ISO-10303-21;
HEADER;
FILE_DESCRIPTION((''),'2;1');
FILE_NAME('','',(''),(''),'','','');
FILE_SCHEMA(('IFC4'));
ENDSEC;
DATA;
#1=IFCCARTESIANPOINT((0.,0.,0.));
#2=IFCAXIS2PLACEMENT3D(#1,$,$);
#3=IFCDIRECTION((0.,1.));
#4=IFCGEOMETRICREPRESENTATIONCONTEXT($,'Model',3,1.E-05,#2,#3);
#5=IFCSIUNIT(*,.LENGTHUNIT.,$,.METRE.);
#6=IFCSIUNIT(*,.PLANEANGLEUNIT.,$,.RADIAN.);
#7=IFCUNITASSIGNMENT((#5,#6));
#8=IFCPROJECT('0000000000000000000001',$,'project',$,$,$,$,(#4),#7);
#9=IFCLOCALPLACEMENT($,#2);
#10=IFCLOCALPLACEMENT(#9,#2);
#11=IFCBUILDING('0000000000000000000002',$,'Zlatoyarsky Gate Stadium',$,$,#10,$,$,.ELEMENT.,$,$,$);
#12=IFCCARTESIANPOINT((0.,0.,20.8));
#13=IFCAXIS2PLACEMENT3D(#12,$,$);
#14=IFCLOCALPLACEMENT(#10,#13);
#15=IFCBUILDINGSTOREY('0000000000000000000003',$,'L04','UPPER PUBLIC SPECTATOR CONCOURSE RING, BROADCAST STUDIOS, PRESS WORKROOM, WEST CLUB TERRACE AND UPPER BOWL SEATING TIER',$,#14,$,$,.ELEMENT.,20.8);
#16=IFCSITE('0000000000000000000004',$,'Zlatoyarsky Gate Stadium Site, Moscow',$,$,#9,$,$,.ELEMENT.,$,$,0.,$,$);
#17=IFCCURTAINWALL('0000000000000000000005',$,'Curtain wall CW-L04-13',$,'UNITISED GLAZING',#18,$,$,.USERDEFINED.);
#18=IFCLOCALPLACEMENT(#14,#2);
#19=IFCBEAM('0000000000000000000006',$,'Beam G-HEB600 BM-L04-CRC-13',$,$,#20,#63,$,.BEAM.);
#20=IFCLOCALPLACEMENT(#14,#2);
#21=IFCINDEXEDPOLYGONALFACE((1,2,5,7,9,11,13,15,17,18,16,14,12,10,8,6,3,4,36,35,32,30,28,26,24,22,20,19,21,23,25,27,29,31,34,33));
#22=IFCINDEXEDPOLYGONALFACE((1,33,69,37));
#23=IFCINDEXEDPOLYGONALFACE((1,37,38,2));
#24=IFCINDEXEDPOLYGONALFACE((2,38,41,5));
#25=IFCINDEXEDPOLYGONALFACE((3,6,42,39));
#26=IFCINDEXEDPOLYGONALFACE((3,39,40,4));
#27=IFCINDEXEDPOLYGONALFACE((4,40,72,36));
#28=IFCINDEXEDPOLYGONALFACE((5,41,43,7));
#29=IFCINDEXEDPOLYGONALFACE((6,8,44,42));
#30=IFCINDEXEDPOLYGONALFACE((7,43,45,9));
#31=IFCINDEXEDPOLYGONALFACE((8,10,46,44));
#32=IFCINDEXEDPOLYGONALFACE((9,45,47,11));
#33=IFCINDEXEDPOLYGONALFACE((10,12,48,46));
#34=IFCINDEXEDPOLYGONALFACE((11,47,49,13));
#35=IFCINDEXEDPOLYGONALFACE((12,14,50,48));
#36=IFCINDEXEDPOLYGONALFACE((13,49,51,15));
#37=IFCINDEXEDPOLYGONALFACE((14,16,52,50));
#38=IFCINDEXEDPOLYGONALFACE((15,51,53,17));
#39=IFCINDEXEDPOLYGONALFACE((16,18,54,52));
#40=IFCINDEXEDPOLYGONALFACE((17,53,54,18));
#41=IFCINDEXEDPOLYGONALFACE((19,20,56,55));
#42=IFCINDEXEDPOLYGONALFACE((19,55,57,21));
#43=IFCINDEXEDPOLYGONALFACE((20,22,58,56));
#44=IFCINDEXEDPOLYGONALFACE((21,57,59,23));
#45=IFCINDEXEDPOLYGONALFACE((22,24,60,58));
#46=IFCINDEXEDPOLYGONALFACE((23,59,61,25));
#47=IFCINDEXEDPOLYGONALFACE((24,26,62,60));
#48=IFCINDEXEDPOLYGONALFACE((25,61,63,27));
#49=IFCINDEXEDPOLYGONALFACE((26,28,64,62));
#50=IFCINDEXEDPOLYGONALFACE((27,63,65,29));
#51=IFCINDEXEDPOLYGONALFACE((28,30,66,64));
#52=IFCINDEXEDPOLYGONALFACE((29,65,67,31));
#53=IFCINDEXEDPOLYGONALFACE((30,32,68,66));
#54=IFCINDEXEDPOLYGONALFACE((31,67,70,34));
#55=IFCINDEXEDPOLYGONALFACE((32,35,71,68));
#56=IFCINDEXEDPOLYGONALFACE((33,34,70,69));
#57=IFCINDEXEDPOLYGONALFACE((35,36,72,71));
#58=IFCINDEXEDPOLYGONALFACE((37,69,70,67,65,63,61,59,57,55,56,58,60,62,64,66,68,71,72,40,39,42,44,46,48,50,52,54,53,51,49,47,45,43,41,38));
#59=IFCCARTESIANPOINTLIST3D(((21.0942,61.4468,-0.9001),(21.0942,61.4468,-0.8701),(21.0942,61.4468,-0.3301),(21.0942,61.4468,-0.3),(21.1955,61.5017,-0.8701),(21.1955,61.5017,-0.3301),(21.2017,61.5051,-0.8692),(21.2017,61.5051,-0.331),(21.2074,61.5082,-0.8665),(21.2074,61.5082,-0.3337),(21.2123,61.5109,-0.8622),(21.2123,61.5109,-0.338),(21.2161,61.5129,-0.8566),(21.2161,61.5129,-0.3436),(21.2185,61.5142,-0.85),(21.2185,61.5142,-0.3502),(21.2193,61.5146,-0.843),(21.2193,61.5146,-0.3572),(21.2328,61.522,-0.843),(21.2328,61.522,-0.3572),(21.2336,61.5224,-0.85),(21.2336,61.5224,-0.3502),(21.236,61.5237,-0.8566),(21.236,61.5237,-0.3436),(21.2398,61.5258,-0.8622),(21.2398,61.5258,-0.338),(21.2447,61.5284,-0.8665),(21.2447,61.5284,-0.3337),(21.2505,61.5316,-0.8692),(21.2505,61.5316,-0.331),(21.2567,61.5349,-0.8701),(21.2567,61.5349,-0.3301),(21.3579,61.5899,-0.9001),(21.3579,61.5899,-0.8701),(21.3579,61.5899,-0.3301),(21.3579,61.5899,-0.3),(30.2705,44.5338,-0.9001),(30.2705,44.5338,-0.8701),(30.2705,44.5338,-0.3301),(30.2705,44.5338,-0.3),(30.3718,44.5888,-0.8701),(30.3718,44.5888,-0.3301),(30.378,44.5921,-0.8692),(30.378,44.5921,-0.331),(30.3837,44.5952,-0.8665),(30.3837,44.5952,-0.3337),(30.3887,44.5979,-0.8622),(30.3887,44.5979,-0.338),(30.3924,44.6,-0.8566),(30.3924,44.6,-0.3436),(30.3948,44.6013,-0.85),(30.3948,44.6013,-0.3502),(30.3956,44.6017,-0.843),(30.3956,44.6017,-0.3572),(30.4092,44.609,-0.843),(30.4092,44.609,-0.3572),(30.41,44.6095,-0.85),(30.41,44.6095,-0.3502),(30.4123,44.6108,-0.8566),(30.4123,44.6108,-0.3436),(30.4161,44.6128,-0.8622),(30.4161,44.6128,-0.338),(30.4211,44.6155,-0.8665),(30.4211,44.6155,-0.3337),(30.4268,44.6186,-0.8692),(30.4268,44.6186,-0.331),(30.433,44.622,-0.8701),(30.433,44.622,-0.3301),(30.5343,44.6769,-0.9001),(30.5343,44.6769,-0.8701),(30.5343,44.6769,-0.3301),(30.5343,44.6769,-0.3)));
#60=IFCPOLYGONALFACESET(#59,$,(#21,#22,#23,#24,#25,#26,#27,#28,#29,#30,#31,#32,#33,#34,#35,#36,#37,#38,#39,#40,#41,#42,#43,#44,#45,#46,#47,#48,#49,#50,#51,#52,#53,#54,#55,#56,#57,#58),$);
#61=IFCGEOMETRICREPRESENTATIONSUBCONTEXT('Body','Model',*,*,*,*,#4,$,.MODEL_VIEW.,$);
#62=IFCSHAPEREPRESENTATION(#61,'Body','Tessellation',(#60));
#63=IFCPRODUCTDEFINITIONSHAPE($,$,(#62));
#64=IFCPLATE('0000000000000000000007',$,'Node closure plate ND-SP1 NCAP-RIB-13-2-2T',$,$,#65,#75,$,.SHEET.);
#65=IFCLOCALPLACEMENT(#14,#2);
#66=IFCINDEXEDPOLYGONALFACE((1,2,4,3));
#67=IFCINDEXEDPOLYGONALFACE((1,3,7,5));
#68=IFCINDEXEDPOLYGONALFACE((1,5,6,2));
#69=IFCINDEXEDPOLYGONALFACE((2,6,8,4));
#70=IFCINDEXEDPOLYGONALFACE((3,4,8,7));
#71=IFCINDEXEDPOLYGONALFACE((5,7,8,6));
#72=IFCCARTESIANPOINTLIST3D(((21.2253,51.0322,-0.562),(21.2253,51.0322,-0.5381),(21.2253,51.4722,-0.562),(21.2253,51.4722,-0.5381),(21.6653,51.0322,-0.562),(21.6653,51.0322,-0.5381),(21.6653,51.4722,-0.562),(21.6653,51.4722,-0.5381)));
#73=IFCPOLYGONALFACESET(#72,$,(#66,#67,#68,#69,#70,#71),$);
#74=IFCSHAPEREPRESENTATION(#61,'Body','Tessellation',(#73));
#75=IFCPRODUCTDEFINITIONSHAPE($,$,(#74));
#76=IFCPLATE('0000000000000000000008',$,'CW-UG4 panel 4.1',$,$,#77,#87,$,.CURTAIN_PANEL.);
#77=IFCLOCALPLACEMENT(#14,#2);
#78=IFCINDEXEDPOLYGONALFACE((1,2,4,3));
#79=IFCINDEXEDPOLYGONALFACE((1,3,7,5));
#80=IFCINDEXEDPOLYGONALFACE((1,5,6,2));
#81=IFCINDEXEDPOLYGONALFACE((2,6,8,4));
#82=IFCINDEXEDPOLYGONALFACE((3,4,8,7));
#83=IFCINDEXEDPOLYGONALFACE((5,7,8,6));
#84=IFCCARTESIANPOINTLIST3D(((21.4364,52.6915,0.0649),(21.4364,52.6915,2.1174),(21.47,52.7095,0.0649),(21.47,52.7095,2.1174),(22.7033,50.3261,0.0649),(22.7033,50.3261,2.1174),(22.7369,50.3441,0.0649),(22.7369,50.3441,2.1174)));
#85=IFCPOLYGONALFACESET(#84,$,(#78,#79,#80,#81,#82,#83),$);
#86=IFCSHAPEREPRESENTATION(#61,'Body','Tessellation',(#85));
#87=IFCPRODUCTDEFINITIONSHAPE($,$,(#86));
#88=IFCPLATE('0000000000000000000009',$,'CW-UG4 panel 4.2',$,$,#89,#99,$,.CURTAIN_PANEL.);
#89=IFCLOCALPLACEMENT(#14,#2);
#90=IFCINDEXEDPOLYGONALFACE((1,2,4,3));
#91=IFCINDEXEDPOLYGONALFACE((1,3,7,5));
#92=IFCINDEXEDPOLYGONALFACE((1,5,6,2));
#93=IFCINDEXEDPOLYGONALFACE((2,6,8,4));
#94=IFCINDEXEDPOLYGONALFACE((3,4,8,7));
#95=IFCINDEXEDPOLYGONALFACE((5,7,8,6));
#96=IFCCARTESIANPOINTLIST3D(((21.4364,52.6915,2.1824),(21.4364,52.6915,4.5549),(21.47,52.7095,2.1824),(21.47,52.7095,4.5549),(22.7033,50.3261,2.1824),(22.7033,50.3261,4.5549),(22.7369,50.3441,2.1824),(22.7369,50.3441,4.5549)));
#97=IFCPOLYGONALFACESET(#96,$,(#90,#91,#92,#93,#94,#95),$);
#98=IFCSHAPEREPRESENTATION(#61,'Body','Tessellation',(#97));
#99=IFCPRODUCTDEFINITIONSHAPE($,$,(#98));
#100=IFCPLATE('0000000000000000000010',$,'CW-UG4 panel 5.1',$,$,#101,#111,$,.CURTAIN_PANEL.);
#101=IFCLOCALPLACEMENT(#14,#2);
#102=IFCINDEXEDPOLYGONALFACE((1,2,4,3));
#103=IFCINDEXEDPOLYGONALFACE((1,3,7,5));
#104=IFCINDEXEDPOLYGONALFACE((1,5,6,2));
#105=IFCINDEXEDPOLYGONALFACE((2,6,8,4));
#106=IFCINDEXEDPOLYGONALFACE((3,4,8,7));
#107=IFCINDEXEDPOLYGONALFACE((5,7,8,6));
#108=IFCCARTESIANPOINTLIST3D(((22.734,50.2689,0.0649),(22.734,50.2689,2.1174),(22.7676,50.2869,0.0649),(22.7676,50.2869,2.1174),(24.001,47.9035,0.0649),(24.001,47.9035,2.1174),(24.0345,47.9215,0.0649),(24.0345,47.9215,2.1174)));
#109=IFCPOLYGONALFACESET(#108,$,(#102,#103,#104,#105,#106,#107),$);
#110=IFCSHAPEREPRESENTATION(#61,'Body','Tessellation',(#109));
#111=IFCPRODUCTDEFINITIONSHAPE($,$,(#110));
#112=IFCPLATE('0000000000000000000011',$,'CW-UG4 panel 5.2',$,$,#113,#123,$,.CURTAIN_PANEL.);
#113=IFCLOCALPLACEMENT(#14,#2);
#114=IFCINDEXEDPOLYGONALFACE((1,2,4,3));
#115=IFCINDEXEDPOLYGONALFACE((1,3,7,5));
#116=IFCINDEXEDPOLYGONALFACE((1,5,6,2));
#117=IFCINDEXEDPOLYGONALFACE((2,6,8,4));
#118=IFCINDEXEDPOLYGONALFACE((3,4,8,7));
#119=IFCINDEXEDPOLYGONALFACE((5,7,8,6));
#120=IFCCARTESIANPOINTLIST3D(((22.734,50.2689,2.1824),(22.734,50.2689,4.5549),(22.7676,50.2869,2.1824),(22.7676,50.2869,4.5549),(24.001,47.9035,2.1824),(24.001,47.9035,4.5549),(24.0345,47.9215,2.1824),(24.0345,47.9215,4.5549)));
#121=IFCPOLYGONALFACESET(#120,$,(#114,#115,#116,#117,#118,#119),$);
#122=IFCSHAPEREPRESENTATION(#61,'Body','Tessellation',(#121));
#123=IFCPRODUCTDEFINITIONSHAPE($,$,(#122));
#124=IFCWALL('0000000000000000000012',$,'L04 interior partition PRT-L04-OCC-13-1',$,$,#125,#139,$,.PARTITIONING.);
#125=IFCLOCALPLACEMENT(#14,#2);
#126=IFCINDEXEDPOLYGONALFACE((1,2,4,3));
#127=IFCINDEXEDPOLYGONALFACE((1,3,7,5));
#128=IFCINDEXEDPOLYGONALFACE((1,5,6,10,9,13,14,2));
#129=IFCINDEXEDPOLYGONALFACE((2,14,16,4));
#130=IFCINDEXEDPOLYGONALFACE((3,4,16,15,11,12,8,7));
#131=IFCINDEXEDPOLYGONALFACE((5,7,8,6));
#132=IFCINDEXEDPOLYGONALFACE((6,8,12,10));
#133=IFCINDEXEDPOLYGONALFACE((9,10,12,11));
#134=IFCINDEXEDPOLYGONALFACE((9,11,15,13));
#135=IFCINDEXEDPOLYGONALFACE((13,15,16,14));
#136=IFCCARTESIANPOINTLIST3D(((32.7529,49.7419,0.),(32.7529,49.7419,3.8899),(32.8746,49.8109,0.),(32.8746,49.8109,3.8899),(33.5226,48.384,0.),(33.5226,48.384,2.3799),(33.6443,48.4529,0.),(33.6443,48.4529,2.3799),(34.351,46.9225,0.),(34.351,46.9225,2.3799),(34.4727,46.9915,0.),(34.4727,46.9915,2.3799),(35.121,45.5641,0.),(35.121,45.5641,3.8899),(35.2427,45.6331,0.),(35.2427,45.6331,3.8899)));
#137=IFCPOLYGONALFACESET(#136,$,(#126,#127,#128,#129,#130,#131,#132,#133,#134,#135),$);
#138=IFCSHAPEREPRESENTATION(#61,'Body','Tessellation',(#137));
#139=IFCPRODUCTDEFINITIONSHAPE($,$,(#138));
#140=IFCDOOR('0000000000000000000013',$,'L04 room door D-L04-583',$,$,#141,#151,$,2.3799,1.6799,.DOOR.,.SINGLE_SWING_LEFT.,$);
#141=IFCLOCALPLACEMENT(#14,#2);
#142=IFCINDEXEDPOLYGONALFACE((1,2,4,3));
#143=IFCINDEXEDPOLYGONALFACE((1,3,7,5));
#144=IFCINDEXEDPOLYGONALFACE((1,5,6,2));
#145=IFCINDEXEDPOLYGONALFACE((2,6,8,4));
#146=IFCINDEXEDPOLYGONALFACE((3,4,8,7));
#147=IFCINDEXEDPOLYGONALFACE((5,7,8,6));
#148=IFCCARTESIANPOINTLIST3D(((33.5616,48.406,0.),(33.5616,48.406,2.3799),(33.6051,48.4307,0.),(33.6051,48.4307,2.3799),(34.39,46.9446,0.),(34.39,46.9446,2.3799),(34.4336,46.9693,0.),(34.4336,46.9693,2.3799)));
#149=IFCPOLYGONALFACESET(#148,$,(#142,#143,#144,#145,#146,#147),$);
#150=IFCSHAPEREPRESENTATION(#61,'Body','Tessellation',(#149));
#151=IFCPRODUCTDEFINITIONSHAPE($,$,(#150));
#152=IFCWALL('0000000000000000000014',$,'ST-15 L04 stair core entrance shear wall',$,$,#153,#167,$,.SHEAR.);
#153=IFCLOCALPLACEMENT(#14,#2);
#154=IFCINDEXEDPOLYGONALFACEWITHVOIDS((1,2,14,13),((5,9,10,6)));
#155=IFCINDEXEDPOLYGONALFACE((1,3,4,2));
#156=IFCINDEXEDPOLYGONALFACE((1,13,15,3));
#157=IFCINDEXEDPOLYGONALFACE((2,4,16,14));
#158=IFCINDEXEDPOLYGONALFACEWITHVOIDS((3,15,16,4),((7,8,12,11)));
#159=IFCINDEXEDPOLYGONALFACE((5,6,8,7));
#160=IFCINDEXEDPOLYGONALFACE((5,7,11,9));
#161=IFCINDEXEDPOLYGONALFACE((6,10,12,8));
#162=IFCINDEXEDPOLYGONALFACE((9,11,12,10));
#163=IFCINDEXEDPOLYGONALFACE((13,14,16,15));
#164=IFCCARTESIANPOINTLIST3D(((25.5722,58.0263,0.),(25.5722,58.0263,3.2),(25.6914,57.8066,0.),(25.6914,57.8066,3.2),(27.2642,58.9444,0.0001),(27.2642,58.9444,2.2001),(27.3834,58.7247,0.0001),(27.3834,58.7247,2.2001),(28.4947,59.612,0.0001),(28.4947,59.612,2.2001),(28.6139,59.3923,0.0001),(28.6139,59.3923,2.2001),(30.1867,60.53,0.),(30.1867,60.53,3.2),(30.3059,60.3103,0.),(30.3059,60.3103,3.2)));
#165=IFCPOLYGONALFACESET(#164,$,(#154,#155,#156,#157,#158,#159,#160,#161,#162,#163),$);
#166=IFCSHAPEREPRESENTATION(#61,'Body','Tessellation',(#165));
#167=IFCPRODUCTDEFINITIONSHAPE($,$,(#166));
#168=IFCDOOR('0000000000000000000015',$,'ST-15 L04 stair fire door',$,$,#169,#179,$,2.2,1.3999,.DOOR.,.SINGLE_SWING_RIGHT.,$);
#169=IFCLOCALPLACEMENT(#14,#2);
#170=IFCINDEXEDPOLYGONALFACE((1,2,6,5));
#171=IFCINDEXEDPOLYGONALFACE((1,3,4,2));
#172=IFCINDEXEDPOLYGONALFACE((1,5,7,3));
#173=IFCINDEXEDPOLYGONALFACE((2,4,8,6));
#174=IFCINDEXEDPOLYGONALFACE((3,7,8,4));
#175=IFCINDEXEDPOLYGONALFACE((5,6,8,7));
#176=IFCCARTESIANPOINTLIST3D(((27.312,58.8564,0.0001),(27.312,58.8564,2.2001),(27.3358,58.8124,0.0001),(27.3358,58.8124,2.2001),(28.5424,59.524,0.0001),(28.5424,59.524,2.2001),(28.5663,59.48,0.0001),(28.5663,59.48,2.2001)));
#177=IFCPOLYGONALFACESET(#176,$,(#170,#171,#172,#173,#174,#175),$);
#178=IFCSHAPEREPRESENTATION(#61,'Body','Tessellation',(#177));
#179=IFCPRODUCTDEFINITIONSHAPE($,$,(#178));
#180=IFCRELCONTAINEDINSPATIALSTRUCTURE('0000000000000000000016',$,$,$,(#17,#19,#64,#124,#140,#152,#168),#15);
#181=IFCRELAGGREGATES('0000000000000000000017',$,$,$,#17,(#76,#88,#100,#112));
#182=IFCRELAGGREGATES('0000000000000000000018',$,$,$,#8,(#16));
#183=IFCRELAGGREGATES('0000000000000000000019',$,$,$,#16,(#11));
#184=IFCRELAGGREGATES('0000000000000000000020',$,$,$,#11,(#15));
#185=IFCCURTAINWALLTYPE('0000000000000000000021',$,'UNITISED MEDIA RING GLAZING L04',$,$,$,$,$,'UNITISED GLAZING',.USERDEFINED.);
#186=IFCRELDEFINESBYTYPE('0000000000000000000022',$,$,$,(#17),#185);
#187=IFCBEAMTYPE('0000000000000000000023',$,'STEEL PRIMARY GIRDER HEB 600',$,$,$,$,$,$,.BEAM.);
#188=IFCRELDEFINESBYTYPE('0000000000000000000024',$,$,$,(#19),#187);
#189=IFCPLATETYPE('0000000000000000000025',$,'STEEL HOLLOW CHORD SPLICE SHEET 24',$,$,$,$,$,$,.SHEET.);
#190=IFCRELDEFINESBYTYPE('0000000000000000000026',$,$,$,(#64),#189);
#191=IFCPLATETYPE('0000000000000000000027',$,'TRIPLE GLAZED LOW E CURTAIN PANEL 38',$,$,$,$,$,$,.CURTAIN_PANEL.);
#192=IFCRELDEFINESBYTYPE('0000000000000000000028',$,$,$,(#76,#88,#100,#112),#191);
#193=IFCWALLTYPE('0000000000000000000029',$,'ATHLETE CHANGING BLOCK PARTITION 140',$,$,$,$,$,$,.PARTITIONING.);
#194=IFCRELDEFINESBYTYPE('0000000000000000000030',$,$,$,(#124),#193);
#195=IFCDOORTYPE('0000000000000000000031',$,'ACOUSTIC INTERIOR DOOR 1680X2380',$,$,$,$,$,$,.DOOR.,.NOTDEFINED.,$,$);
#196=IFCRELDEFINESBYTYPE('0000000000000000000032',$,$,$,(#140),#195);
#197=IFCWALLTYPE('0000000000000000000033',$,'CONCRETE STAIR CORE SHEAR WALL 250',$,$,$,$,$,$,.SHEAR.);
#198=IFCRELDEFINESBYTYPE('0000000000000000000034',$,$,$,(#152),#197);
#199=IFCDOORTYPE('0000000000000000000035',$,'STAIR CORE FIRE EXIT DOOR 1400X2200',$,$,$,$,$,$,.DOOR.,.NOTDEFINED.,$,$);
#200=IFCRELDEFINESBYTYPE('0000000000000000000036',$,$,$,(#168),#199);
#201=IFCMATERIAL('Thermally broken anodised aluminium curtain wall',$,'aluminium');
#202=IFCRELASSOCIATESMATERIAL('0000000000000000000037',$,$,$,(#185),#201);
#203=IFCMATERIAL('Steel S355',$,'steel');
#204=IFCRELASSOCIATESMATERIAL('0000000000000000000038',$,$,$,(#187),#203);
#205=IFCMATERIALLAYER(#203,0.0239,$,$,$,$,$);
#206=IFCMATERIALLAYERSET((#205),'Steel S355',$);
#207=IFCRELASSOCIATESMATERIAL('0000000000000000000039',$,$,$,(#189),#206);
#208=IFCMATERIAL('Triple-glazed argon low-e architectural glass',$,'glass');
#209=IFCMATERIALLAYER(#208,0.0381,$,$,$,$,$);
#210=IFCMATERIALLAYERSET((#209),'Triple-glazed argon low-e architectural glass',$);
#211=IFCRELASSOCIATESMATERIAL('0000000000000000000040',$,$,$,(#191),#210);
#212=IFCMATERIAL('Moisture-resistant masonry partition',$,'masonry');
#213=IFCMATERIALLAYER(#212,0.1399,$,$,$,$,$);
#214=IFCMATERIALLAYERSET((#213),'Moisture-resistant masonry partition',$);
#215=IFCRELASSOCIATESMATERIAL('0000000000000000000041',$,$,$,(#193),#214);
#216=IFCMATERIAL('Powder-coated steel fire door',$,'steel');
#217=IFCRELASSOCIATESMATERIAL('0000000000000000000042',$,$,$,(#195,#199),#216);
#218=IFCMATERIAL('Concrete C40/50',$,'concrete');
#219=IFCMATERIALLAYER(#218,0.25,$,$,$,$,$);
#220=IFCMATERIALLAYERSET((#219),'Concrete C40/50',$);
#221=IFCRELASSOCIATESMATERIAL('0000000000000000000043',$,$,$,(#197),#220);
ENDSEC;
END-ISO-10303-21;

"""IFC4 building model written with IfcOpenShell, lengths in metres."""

from ifc_helpers import new_model, si_unit, direction, frame, frame_2d, origin, origin_2d, place, context, subcontext, project, spatial, rectangle, i_section, extrude, material, layer, layer_set, material_profile, profile_set, type_object, element, fill, aggregate, save


model = new_model("IFC4")

# Units and contexts
model_context = context("Model", 3, precision=1e-05, world=origin(), true_north=direction((0.0, 1.0)))
body_context = subcontext(model_context, "Body", "Model", "MODEL_VIEW")
ifc_project = project(units=[si_unit("LENGTHUNIT", "METRE"), si_unit("PLANEANGLEUNIT", "RADIAN")], contexts=[model_context])

# Site, building, storey
site_placement = place(None, origin())
site = spatial("IfcSite", under=ifc_project, at=site_placement, Name="Zlatoyarsky Gate Stadium Site, Moscow", CompositionType="ELEMENT", RefElevation=0.0)
building_placement = place(site_placement, origin())
building = spatial("IfcBuilding", under=site, at=building_placement, Name="Zlatoyarsky Gate Stadium", CompositionType="ELEMENT")
storey_placement = place(building_placement, frame((0.0, 0.0, 20.8)))
storey = spatial("IfcBuildingStorey", under=building, at=storey_placement, Name="L04", Description="UPPER PUBLIC SPECTATOR CONCOURSE RING, BROADCAST STUDIOS, PRESS WORKROOM, WEST CLUB TERRACE AND UPPER BOWL SEATING TIER", CompositionType="ELEMENT", Elevation=20.8)

# Curtain wall
ifc_material_1 = material(Name="Thermally broken anodised aluminium curtain wall", Category="aluminium")
curtain_wall_type = type_object("IfcCurtainWallType", Name="UNITISED MEDIA RING GLAZING L04", ElementType="UNITISED GLAZING", PredefinedType="USERDEFINED", material=ifc_material_1)
curtain_wall_placement = place(storey_placement, origin())
curtain_wall = element("IfcCurtainWall", 1, at=curtain_wall_placement, inside=storey, type_object=curtain_wall_type, Name="Curtain wall CW-L04-13", ObjectType="UNITISED GLAZING", PredefinedType="USERDEFINED")

# Shared definitions
ifc_material_2 = material(Name="Steel S355", Category="steel")

# Beam
ifc_material_profile_1 = material_profile(ifc_material_2, i_section(OverallWidth=0.3, OverallDepth=0.6001, WebThickness=0.0154, FlangeThickness=0.03, FilletRadius=0.0271, at=origin_2d()), Name="HEB 600")
ifc_profile_set_1 = profile_set([ifc_material_profile_1], Name="Steel S355")
beam_type = type_object("IfcBeamType", Name="STEEL PRIMARY GIRDER HEB 600", PredefinedType="BEAM", material=ifc_profile_set_1)
beam_placement = place(storey_placement, frame((21.2261, 61.5183, -0.6001), z_axis=(0.476892, -0.878962, 0.0), x_axis=(0.878962, 0.476892, 0.0)))
element("IfcBeam", 2, at=beam_placement, inside=storey, type_object=beam_type, Name="Beam G-HEB600 BM-L04-CRC-13", PredefinedType="BEAM", context=body_context, shape_type="SweptSolid", body=[
    extrude(i_section(OverallWidth=0.3, OverallDepth=0.6001, WebThickness=0.0154, FlangeThickness=0.03, FilletRadius=0.0271, at=origin_2d()), origin(), (0.0, 0.0, 1.0), 19.2419),
])

# Plates
ifc_layer_1 = layer(ifc_material_2, 0.0239)
ifc_layer_set_1 = layer_set([ifc_layer_1], Name="Steel S355")
plate_type_1 = type_object("IfcPlateType", Name="STEEL HOLLOW CHORD SPLICE SHEET 24", PredefinedType="SHEET", material=ifc_layer_set_1)
plate_1_placement = place(storey_placement, frame((21.4453, 51.2522, -0.562), z_axis=(0.0, 0.0, 1.0), x_axis=(1.0, 0.0, 0.0)))
element("IfcPlate", 3, at=plate_1_placement, inside=storey, type_object=plate_type_1, Name="Node closure plate ND-SP1 NCAP-RIB-13-2-2T", PredefinedType="SHEET", context=body_context, shape_type="SweptSolid", body=[
    extrude(rectangle(XDim=0.4399, YDim=0.4399, at=origin_2d()), origin(), (0.0, 0.0, 1.0), 0.0239),
])
ifc_material_3 = material(Name="Triple-glazed argon low-e architectural glass", Category="glass")
ifc_layer_2 = layer(ifc_material_3, 0.0381)
ifc_layer_set_2 = layer_set([ifc_layer_2], Name="Triple-glazed argon low-e architectural glass")
plate_type_2 = type_object("IfcPlateType", Name="TRIPLE GLAZED LOW E CURTAIN PANEL 38", PredefinedType="CURTAIN_PANEL", material=ifc_layer_set_2)
plate_2_placement = place(storey_placement, frame((22.0867, 51.5178, 0.0649), z_axis=(0.0, 0.0, 1.0), x_axis=(0.472145, -0.881521, 0.0)))
plate_2 = element("IfcPlate", 4, at=plate_2_placement, type_object=plate_type_2, Name="CW-UG4 panel 4.1", PredefinedType="CURTAIN_PANEL", context=body_context, shape_type="SweptSolid", body=[
    extrude(rectangle(XDim=2.6833, YDim=0.0381, at=origin_2d()), origin(), (0.0, 0.0, 1.0), 2.0525),
])
plate_3_placement = place(storey_placement, frame((22.0867, 51.5178, 2.1824), z_axis=(0.0, 0.0, 1.0), x_axis=(0.472145, -0.881521, 0.0)))
plate_3 = element("IfcPlate", 5, at=plate_3_placement, type_object=plate_type_2, Name="CW-UG4 panel 4.2", PredefinedType="CURTAIN_PANEL", context=body_context, shape_type="SweptSolid", body=[
    extrude(rectangle(XDim=2.6833, YDim=0.0381, at=origin_2d()), origin(), (0.0, 0.0, 1.0), 2.3726),
])
plate_4_placement = place(storey_placement, frame((23.3843, 49.0952, 0.0649), z_axis=(0.0, 0.0, 1.0), x_axis=(0.472145, -0.881521, 0.0)))
plate_4 = element("IfcPlate", 6, at=plate_4_placement, type_object=plate_type_2, Name="CW-UG4 panel 5.1", PredefinedType="CURTAIN_PANEL", context=body_context, shape_type="SweptSolid", body=[
    extrude(rectangle(XDim=2.6833, YDim=0.0381, at=origin_2d()), origin(), (0.0, 0.0, 1.0), 2.0525),
])
plate_5_placement = place(storey_placement, frame((23.3843, 49.0952, 2.1824), z_axis=(0.0, 0.0, 1.0), x_axis=(0.472145, -0.881521, 0.0)))
plate_5 = element("IfcPlate", 7, at=plate_5_placement, type_object=plate_type_2, Name="CW-UG4 panel 5.2", PredefinedType="CURTAIN_PANEL", context=body_context, shape_type="SweptSolid", body=[
    extrude(rectangle(XDim=2.6833, YDim=0.0381, at=origin_2d()), origin(), (0.0, 0.0, 1.0), 2.3726),
])
aggregate(curtain_wall, [plate_2, plate_3, plate_4, plate_5])

# Walls, openings, doors
ifc_material_4 = material(Name="Moisture-resistant masonry partition", Category="masonry")
ifc_layer_3 = layer(ifc_material_4, 0.1399)
ifc_layer_set_3 = layer_set([ifc_layer_3], Name="Moisture-resistant masonry partition")
wall_type_1 = type_object("IfcWallType", Name="ATHLETE CHANGING BLOCK PARTITION 140", PredefinedType="PARTITIONING", material=ifc_layer_set_3)
wall_1_placement = place(storey_placement, frame((32.8137, 49.7764, 0.0), z_axis=(0.0, 0.0, 1.0), x_axis=(0.493136, -0.869952, 0.0)))
wall_1 = element("IfcWall", 8, at=wall_1_placement, inside=storey, type_object=wall_type_1, Name="L04 interior partition PRT-L04-OCC-13-1", PredefinedType="PARTITIONING", context=body_context, shape_type="SweptSolid", body=[
    extrude(rectangle(XDim=4.8022, YDim=0.1399, at=frame_2d((2.4011, 0.0))), origin(), (0.0, 0.0, 1.0), 3.8899),
])
opening_1_placement = place(wall_1_placement, frame((1.561, 0.0, 0.0)))
opening_1 = element("IfcOpeningElement", 9, at=opening_1_placement, cuts=wall_1, PredefinedType="OPENING", context=body_context, shape_type="SweptSolid", body=[
    extrude(rectangle(XDim=1.6799, YDim=2.3799, at=frame_2d((0.8398, 1.1899))), frame((0.0, 0.0798, 0.0), z_axis=(0.0, -1.0, 0.0), x_axis=(1.0, 0.0, 0.0)), (0.0, 0.0, 1.0), 0.1599),
])
ifc_material_5 = material(Name="Powder-coated steel fire door", Category="steel")
door_type_1 = type_object("IfcDoorType", Name="ACOUSTIC INTERIOR DOOR 1680X2380", OperationType="NOTDEFINED", PredefinedType="DOOR", material=ifc_material_5)
door_1_placement = place(opening_1_placement, origin())
door_1 = element("IfcDoor", 10, at=door_1_placement, inside=storey, type_object=door_type_1, Name="L04 room door D-L04-583", OperationType="SINGLE_SWING_LEFT", OverallHeight=2.3799, OverallWidth=1.6799, PredefinedType="DOOR", context=body_context, shape_type="SweptSolid", body=[
    extrude(rectangle(XDim=1.6799, YDim=2.3799, at=frame_2d((0.8398, 1.1899))), frame((0.0, 0.0249, 0.0), z_axis=(0.0, -1.0, 0.0), x_axis=(1.0, 0.0, 0.0)), (0.0, 0.0, 1.0), 0.05),
])
fill(opening_1, door_1)
ifc_material_6 = material(Name="Concrete C40/50", Category="concrete")
ifc_layer_4 = layer(ifc_material_6, 0.25)
ifc_layer_set_4 = layer_set([ifc_layer_4], Name="Concrete C40/50")
wall_type_2 = type_object("IfcWallType", Name="CONCRETE STAIR CORE SHEAR WALL 250", PredefinedType="SHEAR", material=ifc_layer_set_4)
wall_2_placement = place(storey_placement, frame((30.2463, 60.4202, 0.0), z_axis=(0.0, 0.0, 1.0), x_axis=(-0.878961, -0.476893, 0.0)))
wall_2 = element("IfcWall", 11, at=wall_2_placement, inside=storey, type_object=wall_type_2, Name="ST-15 L04 stair core entrance shear wall", PredefinedType="SHEAR", context=body_context, shape_type="SweptSolid", body=[
    extrude(rectangle(XDim=5.25, YDim=0.25, at=frame_2d((2.625, 0.0))), origin(), (0.0, 0.0, 1.0), 3.2),
])
opening_2_placement = place(wall_2_placement, frame((1.925, 0.0, 0.0)))
opening_2 = element("IfcOpeningElement", 12, at=opening_2_placement, cuts=wall_2, PredefinedType="OPENING", context=body_context, shape_type="SweptSolid", body=[
    extrude(rectangle(XDim=1.3999, YDim=2.2, at=frame_2d((0.7, 1.1001))), frame((0.0, 0.135, 0.0), z_axis=(0.0, -1.0, 0.0), x_axis=(1.0, 0.0, 0.0)), (0.0, 0.0, 1.0), 0.27),
])
door_type_2 = type_object("IfcDoorType", Name="STAIR CORE FIRE EXIT DOOR 1400X2200", OperationType="NOTDEFINED", PredefinedType="DOOR", material=ifc_material_5)
door_2_placement = place(opening_2_placement, frame((1.3999, 0.0, 0.0), z_axis=(0.0, 0.0, 1.0), x_axis=(-1.0, 0.0, 0.0)))
door_2 = element("IfcDoor", 13, at=door_2_placement, inside=storey, type_object=door_type_2, Name="ST-15 L04 stair fire door", OperationType="SINGLE_SWING_RIGHT", OverallHeight=2.2, OverallWidth=1.3999, PredefinedType="DOOR", context=body_context, shape_type="SweptSolid", body=[
    extrude(rectangle(XDim=1.3999, YDim=2.2, at=frame_2d((0.7, 1.1001))), frame((0.0, 0.0249, 0.0), z_axis=(0.0, -1.0, 0.0), x_axis=(1.0, 0.0, 0.0)), (0.0, 0.0, 1.0), 0.05),
])
fill(opening_2, door_2)

save(model, "model.ifc")
